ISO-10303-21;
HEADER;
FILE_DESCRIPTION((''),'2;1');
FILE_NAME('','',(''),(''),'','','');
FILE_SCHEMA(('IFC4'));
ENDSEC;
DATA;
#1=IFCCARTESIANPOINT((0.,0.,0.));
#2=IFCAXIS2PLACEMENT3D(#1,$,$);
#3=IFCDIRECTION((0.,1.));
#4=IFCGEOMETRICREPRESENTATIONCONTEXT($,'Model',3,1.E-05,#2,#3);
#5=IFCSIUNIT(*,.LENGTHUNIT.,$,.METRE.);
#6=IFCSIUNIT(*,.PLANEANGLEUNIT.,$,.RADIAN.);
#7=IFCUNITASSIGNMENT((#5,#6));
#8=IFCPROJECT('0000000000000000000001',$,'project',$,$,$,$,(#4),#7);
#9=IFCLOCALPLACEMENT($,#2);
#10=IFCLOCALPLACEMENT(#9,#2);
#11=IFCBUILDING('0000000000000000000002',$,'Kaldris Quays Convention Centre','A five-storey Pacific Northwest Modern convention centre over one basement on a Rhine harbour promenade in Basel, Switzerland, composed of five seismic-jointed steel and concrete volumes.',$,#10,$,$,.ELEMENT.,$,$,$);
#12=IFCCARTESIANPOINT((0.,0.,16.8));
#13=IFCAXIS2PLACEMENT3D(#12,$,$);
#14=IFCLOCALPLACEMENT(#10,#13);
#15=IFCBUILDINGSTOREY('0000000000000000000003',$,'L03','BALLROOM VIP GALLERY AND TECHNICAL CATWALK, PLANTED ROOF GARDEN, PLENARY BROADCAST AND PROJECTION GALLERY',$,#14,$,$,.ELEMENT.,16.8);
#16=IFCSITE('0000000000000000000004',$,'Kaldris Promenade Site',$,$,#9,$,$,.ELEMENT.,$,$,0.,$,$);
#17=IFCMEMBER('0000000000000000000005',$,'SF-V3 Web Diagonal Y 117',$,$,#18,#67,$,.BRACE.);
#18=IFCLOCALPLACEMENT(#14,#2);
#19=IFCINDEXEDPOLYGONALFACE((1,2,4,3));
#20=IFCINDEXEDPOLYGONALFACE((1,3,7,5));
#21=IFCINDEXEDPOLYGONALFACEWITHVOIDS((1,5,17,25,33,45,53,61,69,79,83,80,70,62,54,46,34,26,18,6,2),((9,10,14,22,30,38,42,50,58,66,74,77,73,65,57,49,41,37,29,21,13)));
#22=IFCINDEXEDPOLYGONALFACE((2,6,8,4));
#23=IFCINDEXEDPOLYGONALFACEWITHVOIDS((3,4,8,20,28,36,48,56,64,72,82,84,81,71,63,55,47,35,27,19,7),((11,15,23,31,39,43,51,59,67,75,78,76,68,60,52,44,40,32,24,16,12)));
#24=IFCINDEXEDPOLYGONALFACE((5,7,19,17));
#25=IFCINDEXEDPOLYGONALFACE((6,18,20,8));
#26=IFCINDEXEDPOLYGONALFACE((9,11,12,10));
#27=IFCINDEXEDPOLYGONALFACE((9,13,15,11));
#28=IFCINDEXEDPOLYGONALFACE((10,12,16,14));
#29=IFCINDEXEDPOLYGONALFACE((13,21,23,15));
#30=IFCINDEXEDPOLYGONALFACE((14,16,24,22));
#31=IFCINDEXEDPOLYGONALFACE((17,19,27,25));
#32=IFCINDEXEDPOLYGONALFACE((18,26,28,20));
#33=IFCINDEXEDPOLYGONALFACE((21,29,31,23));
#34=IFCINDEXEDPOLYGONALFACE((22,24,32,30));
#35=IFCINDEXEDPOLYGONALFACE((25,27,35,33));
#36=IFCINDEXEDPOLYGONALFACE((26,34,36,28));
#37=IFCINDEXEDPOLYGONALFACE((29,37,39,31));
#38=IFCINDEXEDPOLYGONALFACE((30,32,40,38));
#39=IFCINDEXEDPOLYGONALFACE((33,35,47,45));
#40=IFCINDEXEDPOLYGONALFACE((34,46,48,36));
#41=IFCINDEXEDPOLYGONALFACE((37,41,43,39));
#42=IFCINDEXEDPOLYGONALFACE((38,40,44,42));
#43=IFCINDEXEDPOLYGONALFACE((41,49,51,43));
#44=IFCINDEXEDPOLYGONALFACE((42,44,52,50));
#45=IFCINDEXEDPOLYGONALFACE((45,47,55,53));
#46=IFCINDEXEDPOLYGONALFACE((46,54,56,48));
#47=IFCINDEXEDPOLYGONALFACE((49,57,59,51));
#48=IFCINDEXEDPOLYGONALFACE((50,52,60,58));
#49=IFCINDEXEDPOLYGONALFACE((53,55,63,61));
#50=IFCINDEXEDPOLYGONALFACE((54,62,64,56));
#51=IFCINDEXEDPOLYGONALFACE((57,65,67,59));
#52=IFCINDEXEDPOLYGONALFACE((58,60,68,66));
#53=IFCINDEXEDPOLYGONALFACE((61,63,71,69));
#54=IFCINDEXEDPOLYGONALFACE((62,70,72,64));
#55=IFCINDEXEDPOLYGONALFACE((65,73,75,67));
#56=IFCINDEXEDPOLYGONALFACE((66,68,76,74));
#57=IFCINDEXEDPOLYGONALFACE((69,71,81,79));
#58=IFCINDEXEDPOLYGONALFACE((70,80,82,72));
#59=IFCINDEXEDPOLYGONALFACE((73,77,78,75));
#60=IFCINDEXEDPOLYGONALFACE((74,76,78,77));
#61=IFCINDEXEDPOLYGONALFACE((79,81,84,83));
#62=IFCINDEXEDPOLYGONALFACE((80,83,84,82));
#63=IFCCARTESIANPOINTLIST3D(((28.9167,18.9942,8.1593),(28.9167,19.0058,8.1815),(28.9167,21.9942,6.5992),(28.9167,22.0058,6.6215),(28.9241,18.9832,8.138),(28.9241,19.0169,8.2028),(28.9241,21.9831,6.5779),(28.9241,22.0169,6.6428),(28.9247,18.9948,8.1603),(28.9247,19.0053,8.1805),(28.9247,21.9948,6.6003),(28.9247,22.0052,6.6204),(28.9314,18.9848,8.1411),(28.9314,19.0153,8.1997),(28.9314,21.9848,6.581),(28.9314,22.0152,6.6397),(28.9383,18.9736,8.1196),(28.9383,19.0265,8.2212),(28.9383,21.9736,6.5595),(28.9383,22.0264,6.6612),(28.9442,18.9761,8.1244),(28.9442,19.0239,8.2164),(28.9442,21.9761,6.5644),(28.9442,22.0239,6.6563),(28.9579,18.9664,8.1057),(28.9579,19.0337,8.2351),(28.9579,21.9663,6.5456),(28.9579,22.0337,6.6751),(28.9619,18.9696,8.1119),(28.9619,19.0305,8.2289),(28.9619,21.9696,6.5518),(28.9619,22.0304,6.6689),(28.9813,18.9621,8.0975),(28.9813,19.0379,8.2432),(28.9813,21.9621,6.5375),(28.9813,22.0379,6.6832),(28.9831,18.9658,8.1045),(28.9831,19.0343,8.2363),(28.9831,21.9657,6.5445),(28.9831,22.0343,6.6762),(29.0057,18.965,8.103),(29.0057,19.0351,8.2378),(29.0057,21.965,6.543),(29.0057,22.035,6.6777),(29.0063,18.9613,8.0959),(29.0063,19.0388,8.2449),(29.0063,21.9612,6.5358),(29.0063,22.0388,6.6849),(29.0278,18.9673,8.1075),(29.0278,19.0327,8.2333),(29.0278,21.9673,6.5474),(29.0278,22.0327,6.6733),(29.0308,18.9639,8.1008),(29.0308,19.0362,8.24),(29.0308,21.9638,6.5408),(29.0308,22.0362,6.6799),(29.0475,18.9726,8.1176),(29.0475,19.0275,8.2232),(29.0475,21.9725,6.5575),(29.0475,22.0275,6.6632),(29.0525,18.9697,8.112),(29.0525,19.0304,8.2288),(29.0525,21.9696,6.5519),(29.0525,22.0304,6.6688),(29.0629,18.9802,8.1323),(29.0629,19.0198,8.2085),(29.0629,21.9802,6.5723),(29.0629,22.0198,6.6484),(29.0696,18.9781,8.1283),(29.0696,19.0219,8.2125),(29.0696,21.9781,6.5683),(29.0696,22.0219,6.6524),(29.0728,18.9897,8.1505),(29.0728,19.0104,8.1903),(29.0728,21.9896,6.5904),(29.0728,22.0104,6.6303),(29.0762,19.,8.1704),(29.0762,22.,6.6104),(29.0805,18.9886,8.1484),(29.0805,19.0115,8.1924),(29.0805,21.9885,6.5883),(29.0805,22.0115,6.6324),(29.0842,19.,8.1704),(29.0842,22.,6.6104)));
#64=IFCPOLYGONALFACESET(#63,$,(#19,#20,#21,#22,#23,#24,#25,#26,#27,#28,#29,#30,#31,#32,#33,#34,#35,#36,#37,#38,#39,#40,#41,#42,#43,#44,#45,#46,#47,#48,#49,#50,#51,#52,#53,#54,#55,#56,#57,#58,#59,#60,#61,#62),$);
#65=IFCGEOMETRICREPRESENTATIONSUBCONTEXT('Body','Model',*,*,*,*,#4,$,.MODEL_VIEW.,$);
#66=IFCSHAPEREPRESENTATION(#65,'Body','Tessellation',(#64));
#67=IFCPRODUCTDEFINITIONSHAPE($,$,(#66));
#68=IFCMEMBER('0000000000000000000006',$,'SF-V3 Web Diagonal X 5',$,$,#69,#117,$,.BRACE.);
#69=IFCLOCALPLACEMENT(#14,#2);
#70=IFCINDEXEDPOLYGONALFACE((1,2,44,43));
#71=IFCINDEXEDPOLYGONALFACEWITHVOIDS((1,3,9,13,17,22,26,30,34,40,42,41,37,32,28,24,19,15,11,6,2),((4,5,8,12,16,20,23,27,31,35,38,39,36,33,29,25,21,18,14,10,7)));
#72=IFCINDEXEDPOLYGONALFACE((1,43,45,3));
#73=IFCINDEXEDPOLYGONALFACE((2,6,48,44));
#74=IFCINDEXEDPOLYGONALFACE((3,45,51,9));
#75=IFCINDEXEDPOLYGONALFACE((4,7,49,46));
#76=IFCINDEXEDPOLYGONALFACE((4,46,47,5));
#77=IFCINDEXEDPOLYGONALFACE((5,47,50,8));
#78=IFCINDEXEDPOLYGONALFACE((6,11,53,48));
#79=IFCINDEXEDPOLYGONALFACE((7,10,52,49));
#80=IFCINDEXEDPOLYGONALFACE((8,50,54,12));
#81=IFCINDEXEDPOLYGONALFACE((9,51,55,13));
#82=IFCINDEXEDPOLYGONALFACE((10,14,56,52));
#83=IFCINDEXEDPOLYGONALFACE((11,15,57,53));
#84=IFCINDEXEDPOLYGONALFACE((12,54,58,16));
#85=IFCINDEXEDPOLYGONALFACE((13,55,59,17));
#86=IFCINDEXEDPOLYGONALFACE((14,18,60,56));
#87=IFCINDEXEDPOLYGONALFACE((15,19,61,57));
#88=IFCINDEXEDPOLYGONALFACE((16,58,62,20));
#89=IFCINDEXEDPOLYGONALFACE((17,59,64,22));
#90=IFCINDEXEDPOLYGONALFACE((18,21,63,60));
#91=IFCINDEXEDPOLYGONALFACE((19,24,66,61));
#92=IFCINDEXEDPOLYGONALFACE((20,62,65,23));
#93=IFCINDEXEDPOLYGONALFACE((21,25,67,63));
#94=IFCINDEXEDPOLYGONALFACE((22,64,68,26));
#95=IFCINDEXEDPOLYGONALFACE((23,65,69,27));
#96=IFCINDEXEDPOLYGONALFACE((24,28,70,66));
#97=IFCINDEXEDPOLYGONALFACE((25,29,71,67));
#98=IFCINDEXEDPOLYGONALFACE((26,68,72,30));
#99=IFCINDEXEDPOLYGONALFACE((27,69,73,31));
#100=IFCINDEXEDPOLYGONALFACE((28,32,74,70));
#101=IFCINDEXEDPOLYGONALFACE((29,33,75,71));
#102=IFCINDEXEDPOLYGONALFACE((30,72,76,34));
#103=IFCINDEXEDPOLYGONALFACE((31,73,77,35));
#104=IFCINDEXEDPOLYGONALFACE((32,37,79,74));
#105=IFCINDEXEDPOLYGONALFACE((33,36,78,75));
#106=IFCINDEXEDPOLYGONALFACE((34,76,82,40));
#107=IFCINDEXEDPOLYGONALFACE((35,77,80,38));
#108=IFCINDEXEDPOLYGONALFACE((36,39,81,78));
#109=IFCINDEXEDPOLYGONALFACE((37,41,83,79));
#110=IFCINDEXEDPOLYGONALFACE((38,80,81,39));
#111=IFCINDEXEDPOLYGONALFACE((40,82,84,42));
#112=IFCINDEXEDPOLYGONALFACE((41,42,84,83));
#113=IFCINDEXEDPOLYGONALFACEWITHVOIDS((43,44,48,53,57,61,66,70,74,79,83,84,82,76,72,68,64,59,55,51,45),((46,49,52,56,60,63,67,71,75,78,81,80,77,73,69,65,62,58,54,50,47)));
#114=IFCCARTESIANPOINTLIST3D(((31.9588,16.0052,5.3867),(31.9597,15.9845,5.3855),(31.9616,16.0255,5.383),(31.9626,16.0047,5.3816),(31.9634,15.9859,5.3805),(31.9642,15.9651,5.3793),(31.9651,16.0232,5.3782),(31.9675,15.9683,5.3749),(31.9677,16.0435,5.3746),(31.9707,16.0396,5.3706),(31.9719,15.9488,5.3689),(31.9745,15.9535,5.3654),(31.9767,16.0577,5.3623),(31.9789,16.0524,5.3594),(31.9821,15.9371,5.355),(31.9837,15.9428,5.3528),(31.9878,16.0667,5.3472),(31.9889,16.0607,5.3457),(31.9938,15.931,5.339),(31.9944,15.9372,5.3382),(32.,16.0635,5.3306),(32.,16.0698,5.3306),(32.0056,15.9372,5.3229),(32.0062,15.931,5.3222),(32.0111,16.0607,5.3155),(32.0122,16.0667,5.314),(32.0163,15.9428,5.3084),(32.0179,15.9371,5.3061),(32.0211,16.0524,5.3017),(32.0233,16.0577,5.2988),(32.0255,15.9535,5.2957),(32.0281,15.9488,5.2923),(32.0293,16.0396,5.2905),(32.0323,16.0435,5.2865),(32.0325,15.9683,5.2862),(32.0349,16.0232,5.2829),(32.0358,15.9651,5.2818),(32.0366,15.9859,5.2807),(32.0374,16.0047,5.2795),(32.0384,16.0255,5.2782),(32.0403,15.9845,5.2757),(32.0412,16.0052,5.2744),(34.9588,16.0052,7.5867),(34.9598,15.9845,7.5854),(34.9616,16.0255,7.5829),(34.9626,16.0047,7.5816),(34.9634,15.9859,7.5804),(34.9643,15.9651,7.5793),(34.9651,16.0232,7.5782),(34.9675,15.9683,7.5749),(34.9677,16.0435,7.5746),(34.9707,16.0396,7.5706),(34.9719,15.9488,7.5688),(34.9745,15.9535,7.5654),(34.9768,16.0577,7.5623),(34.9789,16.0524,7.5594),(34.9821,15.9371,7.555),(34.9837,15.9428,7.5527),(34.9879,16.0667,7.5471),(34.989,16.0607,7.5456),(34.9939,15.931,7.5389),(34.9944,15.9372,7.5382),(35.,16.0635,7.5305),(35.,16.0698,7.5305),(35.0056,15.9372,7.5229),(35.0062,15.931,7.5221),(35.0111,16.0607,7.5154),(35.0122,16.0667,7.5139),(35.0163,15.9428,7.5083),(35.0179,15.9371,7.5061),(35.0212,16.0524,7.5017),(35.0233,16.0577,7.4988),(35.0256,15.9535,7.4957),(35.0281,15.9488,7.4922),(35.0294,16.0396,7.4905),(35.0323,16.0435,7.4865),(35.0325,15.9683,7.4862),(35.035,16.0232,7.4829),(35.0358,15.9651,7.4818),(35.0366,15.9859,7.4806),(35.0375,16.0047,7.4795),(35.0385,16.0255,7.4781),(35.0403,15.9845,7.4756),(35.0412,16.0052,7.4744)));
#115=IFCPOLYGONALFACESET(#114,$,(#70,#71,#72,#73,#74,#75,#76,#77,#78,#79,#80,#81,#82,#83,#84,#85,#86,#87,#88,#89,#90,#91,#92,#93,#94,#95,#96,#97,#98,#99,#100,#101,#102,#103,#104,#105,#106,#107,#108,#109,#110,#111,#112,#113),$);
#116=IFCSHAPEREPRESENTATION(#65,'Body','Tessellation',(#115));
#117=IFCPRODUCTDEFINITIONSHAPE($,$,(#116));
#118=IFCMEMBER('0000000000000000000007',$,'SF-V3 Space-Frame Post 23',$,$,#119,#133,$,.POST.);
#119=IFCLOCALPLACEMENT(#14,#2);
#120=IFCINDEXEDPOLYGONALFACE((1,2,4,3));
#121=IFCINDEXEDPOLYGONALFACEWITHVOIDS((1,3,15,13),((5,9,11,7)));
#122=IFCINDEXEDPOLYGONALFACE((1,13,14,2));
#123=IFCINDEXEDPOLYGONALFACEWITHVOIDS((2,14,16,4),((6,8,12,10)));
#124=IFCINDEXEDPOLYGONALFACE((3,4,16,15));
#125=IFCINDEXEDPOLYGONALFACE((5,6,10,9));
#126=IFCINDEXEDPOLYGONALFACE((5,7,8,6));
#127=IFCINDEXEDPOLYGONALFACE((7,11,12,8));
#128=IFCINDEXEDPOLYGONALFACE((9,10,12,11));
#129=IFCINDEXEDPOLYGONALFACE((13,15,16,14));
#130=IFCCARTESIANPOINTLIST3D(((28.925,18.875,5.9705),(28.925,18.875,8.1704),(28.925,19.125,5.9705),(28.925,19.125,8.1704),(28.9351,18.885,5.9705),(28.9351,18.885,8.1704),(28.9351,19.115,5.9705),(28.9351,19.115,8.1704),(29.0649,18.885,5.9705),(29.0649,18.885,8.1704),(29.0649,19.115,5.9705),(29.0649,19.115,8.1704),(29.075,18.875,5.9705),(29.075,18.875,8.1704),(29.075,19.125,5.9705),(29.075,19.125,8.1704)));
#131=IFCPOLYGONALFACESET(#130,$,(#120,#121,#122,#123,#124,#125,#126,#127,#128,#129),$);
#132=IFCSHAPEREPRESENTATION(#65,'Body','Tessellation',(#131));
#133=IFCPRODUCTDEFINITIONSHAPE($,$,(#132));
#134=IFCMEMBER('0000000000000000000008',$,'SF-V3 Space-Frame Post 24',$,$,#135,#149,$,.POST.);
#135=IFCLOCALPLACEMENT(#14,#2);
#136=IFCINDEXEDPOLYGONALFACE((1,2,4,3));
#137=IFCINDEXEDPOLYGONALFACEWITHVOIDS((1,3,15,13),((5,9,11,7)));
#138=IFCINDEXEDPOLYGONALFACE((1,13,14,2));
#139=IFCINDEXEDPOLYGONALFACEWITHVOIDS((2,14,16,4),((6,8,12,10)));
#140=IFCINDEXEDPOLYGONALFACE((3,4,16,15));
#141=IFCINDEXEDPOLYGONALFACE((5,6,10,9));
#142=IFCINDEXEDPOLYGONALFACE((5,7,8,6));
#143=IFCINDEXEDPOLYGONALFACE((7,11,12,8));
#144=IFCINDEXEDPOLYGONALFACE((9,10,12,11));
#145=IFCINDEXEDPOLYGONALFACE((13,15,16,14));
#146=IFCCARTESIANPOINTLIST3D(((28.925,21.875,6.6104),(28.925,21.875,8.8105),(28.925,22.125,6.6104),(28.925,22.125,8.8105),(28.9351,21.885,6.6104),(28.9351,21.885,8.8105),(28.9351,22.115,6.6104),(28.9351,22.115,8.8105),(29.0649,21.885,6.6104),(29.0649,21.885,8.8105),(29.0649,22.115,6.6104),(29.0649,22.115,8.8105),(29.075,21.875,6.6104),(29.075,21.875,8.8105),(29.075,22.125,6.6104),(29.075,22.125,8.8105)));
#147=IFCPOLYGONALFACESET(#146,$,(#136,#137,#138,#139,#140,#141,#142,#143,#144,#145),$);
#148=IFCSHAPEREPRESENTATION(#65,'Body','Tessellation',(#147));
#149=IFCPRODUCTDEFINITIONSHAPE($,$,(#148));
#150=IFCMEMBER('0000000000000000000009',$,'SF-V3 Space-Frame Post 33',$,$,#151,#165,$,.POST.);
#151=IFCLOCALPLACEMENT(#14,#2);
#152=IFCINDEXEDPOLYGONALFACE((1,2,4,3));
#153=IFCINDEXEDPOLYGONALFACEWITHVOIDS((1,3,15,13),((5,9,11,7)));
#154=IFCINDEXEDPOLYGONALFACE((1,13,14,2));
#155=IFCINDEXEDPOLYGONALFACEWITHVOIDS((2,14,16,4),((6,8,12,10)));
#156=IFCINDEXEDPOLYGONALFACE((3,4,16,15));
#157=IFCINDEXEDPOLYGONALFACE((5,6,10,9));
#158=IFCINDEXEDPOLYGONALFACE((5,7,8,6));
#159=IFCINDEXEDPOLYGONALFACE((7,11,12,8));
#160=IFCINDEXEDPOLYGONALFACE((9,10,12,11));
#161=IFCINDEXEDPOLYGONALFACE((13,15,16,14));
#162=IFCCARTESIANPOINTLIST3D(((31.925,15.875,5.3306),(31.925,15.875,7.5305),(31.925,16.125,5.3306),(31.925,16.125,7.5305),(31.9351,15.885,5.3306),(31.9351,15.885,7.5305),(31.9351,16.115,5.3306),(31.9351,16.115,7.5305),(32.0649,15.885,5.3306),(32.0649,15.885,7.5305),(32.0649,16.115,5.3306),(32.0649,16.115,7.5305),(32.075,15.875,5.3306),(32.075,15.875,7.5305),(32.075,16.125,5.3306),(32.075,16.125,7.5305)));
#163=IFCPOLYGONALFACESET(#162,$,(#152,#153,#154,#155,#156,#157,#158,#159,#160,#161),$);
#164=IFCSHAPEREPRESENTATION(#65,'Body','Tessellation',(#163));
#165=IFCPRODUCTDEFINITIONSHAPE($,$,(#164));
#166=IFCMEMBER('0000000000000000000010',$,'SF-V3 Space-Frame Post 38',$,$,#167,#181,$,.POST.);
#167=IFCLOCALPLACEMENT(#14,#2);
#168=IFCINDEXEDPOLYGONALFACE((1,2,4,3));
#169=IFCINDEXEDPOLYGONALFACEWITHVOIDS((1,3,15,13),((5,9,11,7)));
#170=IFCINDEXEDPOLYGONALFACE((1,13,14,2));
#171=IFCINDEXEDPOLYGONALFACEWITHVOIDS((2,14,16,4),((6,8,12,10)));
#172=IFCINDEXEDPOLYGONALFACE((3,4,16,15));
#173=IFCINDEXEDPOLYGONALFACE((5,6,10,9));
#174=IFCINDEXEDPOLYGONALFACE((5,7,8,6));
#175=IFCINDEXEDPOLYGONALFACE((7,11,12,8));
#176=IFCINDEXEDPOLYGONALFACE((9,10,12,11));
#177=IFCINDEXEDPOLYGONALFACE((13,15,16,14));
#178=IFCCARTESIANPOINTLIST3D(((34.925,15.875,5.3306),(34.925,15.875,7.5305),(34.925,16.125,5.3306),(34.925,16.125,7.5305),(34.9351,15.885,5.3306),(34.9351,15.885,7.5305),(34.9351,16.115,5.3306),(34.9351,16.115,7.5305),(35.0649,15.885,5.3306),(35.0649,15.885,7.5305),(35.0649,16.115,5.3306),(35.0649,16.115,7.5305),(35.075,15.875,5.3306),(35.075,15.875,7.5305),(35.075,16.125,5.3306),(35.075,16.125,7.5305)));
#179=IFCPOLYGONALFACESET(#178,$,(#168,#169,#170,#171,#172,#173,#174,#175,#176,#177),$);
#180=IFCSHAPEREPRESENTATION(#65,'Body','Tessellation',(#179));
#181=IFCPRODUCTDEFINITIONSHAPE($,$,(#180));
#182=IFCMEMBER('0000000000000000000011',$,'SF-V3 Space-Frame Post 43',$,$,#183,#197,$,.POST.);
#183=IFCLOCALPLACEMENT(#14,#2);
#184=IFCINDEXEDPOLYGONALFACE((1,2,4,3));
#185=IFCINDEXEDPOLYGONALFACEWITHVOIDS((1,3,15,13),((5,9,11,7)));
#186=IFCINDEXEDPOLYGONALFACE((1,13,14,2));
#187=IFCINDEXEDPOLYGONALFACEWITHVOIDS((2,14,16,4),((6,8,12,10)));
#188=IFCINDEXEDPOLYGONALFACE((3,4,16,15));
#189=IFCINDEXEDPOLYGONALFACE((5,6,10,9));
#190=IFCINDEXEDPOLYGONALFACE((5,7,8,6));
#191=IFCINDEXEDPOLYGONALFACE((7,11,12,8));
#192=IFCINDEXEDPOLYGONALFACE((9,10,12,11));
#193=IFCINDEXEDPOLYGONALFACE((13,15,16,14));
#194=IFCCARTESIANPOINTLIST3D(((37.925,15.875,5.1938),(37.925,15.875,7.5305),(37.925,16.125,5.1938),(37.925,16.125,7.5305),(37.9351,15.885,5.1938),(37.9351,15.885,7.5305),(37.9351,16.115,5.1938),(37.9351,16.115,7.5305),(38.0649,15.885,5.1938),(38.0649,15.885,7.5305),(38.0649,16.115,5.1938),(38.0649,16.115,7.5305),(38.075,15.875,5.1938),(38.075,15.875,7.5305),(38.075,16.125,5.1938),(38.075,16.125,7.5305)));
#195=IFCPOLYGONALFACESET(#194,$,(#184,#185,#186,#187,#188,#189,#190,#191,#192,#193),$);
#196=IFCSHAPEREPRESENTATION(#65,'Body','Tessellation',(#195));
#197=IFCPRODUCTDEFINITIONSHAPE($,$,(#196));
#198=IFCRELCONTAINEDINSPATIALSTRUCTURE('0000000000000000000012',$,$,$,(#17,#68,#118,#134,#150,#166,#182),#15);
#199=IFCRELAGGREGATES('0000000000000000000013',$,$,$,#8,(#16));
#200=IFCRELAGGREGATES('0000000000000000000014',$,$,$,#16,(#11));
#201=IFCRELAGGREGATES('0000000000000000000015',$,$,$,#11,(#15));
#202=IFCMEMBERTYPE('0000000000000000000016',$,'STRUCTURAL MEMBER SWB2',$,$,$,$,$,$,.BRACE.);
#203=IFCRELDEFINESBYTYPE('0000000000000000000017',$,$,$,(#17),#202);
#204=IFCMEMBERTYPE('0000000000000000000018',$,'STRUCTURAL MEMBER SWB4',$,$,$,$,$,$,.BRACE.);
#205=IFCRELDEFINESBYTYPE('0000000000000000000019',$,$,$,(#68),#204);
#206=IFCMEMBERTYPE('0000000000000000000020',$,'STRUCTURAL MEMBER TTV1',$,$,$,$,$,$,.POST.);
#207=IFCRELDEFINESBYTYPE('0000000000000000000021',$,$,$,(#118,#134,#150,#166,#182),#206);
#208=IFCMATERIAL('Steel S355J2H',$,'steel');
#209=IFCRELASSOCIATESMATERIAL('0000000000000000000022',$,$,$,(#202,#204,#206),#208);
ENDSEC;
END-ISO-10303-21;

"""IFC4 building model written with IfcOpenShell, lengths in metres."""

from ifc_helpers import new_model, si_unit, direction, frame, origin, origin_2d, place, context, subcontext, project, spatial, hollow_rectangle, hollow_circle, extrude, material, material_profile, profile_set, type_object, element, save


model = new_model("IFC4")

# Units and contexts
model_context = context("Model", 3, precision=1e-05, world=origin(), true_north=direction((0.0, 1.0)))
body_context = subcontext(model_context, "Body", "Model", "MODEL_VIEW")
ifc_project = project(units=[si_unit("LENGTHUNIT", "METRE"), si_unit("PLANEANGLEUNIT", "RADIAN")], contexts=[model_context])

# Site, building, storey
site_placement = place(None, origin())
site = spatial("IfcSite", under=ifc_project, at=site_placement, Name="Kaldris Promenade Site", CompositionType="ELEMENT", RefElevation=0.0)
building_placement = place(site_placement, origin())
building = spatial("IfcBuilding", under=site, at=building_placement, Name="Kaldris Quays Convention Centre", Description="A five-storey Pacific Northwest Modern convention centre over one basement on a Rhine harbour promenade in Basel, Switzerland, composed of five seismic-jointed steel and concrete volumes.", CompositionType="ELEMENT")
storey_placement = place(building_placement, frame((0.0, 0.0, 16.8)))
storey = spatial("IfcBuildingStorey", under=building, at=storey_placement, Name="L03", Description="BALLROOM VIP GALLERY AND TECHNICAL CATWALK, PLANTED ROOF GARDEN, PLENARY BROADCAST AND PROJECTION GALLERY", CompositionType="ELEMENT", Elevation=16.8)

# Members
ifc_material_1 = material(Name="Steel S355J2H", Category="steel")
ifc_material_profile_1 = material_profile(ifc_material_1, hollow_circle(Radius=0.0842, WallThickness=0.0081, at=origin_2d()), Name="CHS 168.3x8")
ifc_profile_set_1 = profile_set([ifc_material_profile_1], Name="Steel S355J2H")
member_type_1 = type_object("IfcMemberType", Name="STRUCTURAL MEMBER SWB2", PredefinedType="BRACE", material=ifc_profile_set_1)
member_1_placement = place(storey_placement, frame((29.0, 22.0, 6.6104), z_axis=(0.0, -0.88721, 0.461366), x_axis=(1.0, 0.0, 0.0)))
element("IfcMember", 1, at=member_1_placement, inside=storey, type_object=member_type_1, Name="SF-V3 Web Diagonal Y 117", PredefinedType="BRACE", context=body_context, shape_type="SweptSolid", body=[
    extrude(hollow_circle(Radius=0.0842, WallThickness=0.0081, at=origin_2d()), origin(), (0.0, 0.0, 1.0), 3.3813),
])
ifc_material_profile_2 = material_profile(ifc_material_1, hollow_circle(Radius=0.0698, WallThickness=0.0063, at=origin_2d()), Name="CHS 139.7x6.3")
ifc_profile_set_2 = profile_set([ifc_material_profile_2], Name="Steel S355J2H")
member_type_2 = type_object("IfcMemberType", Name="STRUCTURAL MEMBER SWB4", PredefinedType="BRACE", material=ifc_profile_set_2)
member_2_placement = place(storey_placement, frame((32.0, 16.0, 5.3306), z_axis=(0.806411, 0.0, 0.591355), x_axis=(0.0, 1.0, 0.0)))
element("IfcMember", 2, at=member_2_placement, inside=storey, type_object=member_type_2, Name="SF-V3 Web Diagonal X 5", PredefinedType="BRACE", context=body_context, shape_type="SweptSolid", body=[
    extrude(hollow_circle(Radius=0.0698, WallThickness=0.0063, at=origin_2d()), origin(), (0.0, 0.0, 1.0), 3.7202),
])
ifc_material_profile_3 = material_profile(ifc_material_1, hollow_rectangle(XDim=0.1499, YDim=0.25, WallThickness=0.01, at=origin_2d()), Name="RHS 250x150x10")
ifc_profile_set_3 = profile_set([ifc_material_profile_3], Name="Steel S355J2H")
member_type_3 = type_object("IfcMemberType", Name="STRUCTURAL MEMBER TTV1", PredefinedType="POST", material=ifc_profile_set_3)
member_3_placement = place(storey_placement, frame((29.0, 19.0, 5.9705), z_axis=(0.0, 0.0, 1.0), x_axis=(1.0, 0.0, 0.0)))
element("IfcMember", 3, at=member_3_placement, inside=storey, type_object=member_type_3, Name="SF-V3 Space-Frame Post 23", PredefinedType="POST", context=body_context, shape_type="SweptSolid", body=[
    extrude(hollow_rectangle(XDim=0.1499, YDim=0.25, WallThickness=0.01, at=origin_2d()), origin(), (0.0, 0.0, 1.0), 2.2),
])
member_4_placement = place(storey_placement, frame((29.0, 22.0, 6.6104), z_axis=(0.0, 0.0, 1.0), x_axis=(1.0, 0.0, 0.0)))
element("IfcMember", 4, at=member_4_placement, inside=storey, type_object=member_type_3, Name="SF-V3 Space-Frame Post 24", PredefinedType="POST", context=body_context, shape_type="SweptSolid", body=[
    extrude(hollow_rectangle(XDim=0.1499, YDim=0.25, WallThickness=0.01, at=origin_2d()), origin(), (0.0, 0.0, 1.0), 2.2002),
])
for number, where, z_axis, x_axis, name in (
    (5, (32.0, 16.0, 5.3306), (0.0, 0.0, 1.0), (1.0, 0.0, 0.0), "SF-V3 Space-Frame Post 33"),
    (6, (35.0, 16.0, 5.3306), (0.0, 0.0, 1.0), (1.0, 0.0, 0.0), "SF-V3 Space-Frame Post 38"),
):
    element("IfcMember", number, at=place(storey_placement, frame(where, z_axis=z_axis, x_axis=x_axis)), inside=storey, type_object=member_type_3, Name=name, PredefinedType="POST", context=body_context, shape_type="SweptSolid", body=[
        extrude(hollow_rectangle(XDim=0.1499, YDim=0.25, WallThickness=0.01, at=origin_2d()), origin(), (0.0, 0.0, 1.0), 2.2),
    ])
member_5_placement = place(storey_placement, frame((38.0, 16.0, 5.1938), z_axis=(0.0, 0.0, 1.0), x_axis=(1.0, 0.0, 0.0)))
element("IfcMember", 7, at=member_5_placement, inside=storey, type_object=member_type_3, Name="SF-V3 Space-Frame Post 43", PredefinedType="POST", context=body_context, shape_type="SweptSolid", body=[
    extrude(hollow_rectangle(XDim=0.1499, YDim=0.25, WallThickness=0.01, at=origin_2d()), origin(), (0.0, 0.0, 1.0), 2.3367),
])

save(model, "model.ifc")
